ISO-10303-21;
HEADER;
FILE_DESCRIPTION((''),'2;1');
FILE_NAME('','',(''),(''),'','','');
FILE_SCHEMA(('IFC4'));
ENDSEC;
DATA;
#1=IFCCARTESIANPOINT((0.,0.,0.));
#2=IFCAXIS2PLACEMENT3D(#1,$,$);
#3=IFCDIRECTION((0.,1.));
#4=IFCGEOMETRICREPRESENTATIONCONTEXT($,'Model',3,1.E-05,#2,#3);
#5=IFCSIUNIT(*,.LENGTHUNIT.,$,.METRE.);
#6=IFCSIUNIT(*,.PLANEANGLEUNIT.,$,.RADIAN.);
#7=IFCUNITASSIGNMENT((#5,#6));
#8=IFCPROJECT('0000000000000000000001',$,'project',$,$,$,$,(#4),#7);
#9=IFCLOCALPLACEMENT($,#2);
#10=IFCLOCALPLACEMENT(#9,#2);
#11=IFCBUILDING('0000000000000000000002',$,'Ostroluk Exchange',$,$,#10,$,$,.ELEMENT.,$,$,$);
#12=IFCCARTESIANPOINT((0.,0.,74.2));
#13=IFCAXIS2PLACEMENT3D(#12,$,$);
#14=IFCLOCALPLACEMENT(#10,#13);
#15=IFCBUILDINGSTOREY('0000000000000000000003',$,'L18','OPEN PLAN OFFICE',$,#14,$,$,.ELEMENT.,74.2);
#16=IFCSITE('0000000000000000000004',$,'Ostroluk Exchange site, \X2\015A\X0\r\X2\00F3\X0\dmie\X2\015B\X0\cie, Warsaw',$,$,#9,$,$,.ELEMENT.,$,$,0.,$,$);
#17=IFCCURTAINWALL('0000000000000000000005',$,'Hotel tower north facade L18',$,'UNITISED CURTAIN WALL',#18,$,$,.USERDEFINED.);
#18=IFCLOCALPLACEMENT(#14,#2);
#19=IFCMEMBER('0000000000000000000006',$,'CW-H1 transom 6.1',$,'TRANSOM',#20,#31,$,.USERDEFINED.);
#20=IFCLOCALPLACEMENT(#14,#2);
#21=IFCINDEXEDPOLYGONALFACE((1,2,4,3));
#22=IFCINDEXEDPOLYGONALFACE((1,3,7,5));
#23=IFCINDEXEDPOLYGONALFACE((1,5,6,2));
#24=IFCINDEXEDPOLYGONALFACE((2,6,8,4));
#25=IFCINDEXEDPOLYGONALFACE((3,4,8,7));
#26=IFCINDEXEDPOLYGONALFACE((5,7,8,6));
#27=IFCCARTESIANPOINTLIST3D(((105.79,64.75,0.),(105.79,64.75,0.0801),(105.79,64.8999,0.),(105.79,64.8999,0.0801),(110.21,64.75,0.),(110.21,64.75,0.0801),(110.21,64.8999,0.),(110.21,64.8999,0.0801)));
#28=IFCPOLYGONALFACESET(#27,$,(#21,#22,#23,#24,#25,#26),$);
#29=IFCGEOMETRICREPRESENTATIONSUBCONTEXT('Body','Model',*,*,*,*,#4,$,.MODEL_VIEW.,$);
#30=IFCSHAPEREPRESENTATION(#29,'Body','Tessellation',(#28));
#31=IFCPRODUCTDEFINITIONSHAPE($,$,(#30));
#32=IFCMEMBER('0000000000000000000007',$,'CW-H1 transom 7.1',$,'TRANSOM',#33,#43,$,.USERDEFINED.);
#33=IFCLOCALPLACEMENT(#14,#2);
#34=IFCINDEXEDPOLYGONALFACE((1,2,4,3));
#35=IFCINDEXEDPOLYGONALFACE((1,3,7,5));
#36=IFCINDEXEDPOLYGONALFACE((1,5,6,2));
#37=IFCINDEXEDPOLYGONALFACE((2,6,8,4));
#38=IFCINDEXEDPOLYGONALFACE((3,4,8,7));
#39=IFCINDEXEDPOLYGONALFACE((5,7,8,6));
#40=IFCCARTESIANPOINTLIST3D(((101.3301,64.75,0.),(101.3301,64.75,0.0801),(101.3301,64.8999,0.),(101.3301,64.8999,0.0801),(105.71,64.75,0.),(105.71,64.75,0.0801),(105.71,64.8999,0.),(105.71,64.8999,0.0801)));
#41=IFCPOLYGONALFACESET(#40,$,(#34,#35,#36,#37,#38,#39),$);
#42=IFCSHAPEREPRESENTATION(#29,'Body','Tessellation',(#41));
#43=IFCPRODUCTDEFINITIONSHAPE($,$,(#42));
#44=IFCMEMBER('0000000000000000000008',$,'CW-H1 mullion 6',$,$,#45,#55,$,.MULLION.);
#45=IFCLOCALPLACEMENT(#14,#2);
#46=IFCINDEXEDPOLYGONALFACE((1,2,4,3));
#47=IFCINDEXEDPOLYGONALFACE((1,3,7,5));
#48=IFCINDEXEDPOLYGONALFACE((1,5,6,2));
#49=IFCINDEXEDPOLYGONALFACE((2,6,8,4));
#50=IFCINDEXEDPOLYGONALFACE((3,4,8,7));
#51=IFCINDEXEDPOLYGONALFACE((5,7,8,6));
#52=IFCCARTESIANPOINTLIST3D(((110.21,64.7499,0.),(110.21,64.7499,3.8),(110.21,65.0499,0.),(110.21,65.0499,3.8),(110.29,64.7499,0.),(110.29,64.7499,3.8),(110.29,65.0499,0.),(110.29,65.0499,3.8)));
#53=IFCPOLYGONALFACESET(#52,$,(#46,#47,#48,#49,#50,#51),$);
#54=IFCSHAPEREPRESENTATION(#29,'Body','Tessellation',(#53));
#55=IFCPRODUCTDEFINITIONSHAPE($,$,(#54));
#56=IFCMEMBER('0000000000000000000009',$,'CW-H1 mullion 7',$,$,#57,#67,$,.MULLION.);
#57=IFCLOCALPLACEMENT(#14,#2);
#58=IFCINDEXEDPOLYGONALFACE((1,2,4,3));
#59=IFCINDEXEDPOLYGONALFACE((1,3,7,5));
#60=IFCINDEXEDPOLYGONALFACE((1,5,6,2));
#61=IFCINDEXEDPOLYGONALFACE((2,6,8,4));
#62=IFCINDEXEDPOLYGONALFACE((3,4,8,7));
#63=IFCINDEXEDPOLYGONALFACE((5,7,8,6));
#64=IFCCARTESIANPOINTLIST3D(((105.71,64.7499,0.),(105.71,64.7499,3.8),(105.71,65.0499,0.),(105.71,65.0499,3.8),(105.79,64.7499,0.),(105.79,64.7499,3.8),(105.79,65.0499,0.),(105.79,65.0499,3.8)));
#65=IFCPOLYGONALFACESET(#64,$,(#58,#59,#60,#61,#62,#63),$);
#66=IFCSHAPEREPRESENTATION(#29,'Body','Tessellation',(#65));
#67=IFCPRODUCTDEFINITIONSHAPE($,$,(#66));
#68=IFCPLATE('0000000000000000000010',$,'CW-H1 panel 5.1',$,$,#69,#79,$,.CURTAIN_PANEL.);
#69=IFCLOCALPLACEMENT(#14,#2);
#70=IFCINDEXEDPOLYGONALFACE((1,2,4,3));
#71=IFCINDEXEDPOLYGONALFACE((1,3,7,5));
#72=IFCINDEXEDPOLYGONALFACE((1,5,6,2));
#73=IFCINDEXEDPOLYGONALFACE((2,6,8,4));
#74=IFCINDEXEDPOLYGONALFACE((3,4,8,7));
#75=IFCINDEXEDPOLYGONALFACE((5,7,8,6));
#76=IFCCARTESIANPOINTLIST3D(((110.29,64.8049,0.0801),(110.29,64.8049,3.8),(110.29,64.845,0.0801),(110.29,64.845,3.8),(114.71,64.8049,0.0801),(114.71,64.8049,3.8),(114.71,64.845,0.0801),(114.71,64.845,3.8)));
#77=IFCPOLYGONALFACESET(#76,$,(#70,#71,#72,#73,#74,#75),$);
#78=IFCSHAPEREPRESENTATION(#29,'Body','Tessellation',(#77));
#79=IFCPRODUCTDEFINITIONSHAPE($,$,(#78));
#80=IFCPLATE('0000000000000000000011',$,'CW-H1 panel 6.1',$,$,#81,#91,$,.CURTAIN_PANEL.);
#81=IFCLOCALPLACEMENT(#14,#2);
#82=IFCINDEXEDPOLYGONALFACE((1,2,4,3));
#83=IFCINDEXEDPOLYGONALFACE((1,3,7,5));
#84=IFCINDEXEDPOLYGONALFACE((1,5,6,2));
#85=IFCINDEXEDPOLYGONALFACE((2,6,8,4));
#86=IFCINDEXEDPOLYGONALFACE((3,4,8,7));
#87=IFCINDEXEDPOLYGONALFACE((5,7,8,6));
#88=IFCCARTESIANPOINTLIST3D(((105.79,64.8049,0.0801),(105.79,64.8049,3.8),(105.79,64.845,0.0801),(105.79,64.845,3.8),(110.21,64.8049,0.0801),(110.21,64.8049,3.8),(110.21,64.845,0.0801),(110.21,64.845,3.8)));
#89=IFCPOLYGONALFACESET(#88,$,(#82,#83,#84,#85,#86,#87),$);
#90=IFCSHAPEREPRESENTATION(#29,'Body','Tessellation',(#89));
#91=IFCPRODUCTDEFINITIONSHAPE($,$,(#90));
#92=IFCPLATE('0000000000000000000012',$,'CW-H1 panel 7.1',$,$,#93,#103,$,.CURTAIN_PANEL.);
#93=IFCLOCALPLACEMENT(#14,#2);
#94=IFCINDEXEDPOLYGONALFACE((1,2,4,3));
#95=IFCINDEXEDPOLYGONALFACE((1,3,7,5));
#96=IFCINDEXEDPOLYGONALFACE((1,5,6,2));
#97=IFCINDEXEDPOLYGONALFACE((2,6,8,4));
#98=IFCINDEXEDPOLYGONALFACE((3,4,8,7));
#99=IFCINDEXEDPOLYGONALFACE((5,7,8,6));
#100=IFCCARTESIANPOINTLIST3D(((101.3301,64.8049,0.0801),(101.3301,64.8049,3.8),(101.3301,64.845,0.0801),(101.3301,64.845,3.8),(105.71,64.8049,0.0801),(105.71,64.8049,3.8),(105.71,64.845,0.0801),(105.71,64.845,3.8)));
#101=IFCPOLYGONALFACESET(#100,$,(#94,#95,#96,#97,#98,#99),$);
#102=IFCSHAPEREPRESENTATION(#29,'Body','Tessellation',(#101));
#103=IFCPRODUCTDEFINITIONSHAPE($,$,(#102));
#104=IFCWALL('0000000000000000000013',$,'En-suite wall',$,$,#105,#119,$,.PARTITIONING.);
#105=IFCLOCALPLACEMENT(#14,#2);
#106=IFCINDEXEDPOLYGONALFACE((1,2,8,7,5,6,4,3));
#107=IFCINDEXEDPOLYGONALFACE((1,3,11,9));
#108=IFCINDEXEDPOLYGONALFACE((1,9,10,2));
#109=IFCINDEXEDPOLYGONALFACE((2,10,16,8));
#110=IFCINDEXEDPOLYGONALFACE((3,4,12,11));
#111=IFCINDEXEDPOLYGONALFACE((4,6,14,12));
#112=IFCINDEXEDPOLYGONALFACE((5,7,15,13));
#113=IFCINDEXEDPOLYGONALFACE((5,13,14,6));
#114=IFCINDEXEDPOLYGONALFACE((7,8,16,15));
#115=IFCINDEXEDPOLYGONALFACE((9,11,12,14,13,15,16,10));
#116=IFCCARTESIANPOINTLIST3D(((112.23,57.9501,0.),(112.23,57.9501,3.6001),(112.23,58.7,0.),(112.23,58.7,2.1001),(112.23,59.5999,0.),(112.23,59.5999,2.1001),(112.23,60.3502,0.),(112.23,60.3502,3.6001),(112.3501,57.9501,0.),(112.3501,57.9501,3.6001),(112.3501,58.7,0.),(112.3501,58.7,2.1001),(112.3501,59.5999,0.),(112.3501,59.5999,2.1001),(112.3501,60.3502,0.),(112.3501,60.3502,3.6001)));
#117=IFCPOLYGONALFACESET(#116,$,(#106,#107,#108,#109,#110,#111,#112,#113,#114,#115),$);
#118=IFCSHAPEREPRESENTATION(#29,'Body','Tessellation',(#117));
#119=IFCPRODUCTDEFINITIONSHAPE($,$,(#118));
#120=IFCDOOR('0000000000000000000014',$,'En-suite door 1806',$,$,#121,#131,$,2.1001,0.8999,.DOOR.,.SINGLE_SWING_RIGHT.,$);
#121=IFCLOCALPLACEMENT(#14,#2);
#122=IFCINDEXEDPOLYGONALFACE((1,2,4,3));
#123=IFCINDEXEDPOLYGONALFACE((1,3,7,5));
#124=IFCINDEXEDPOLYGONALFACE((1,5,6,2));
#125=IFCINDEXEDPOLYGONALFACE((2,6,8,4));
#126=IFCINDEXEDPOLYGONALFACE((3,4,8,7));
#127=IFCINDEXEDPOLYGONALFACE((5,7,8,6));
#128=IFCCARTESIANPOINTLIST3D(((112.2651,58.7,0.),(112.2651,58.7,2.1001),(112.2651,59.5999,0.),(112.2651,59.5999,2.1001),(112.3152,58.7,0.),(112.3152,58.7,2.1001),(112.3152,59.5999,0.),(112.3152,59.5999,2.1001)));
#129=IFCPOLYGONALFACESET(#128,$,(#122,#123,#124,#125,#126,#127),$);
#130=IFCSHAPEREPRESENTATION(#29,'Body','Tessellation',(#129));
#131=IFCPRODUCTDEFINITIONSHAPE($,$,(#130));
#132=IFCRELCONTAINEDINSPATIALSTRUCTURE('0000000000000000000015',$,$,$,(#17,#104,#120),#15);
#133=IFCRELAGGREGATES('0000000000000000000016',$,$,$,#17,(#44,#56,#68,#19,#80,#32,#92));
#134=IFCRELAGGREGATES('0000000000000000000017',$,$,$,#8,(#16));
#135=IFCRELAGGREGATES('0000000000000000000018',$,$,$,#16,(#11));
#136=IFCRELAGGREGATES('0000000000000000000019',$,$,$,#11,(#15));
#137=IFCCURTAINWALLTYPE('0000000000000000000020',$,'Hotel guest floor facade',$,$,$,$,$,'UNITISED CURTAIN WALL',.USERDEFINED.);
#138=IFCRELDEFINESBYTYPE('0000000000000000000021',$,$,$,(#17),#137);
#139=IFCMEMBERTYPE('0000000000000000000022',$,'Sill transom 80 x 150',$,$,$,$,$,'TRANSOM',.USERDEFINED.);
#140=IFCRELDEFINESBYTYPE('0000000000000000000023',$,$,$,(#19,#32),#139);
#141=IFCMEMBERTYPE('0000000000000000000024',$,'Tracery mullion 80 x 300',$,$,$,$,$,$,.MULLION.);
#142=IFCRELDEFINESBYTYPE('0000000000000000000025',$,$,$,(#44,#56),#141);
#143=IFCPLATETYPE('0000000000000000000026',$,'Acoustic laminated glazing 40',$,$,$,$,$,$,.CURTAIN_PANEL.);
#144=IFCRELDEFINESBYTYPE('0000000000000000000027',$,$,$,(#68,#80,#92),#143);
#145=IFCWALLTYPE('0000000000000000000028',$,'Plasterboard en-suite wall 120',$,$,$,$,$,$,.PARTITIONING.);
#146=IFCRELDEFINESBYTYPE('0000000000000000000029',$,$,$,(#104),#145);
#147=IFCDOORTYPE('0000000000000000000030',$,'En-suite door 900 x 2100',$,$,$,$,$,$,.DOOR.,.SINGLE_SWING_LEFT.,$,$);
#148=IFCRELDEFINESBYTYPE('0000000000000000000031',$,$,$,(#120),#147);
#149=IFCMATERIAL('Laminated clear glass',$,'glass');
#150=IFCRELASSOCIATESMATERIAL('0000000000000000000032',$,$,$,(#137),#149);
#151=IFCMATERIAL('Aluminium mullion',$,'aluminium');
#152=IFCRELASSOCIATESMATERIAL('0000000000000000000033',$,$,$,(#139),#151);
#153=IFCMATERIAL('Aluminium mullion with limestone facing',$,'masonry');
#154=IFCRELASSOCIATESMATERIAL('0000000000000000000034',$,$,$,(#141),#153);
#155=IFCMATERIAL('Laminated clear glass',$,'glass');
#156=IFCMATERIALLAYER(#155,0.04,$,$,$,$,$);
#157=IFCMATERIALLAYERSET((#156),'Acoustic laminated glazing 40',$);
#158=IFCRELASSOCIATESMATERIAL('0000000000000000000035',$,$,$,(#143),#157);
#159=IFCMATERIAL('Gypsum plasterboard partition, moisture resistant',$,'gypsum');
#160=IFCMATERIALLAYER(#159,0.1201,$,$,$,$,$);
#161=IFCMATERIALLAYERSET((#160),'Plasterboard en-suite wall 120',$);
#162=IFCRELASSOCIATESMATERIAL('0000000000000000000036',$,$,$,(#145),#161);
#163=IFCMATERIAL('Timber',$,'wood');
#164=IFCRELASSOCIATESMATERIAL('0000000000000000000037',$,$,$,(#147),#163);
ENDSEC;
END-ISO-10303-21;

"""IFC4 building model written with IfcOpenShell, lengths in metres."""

from ifc_helpers import new_model, si_unit, direction, frame, frame_2d, origin, origin_2d, place, context, subcontext, project, spatial, rectangle, extrude, material, layer, layer_set, material_profile, profile_set, type_object, element, fill, aggregate, save


model = new_model("IFC4")

# Units and contexts
model_context = context("Model", 3, precision=1e-05, world=origin(), true_north=direction((0.0, 1.0)))
body_context = subcontext(model_context, "Body", "Model", "MODEL_VIEW")
ifc_project = project(units=[si_unit("LENGTHUNIT", "METRE"), si_unit("PLANEANGLEUNIT", "RADIAN")], contexts=[model_context])

# Site, building, storey
site_placement = place(None, origin())
site = spatial("IfcSite", under=ifc_project, at=site_placement, Name="Ostroluk Exchange site, Śródmieście, Warsaw", CompositionType="ELEMENT", RefElevation=0.0)
building_placement = place(site_placement, origin())
building = spatial("IfcBuilding", under=site, at=building_placement, Name="Ostroluk Exchange", CompositionType="ELEMENT")
storey_placement = place(building_placement, frame((0.0, 0.0, 74.2)))
storey = spatial("IfcBuildingStorey", under=building, at=storey_placement, Name="L18", Description="OPEN PLAN OFFICE", CompositionType="ELEMENT", Elevation=74.2)

# Curtain wall, members, plates
ifc_material_1 = material(Name="Laminated clear glass", Category="glass")
curtain_wall_type = type_object("IfcCurtainWallType", Name="Hotel guest floor facade", ElementType="UNITISED CURTAIN WALL", PredefinedType="USERDEFINED", material=ifc_material_1)
curtain_wall_placement = place(storey_placement, origin())
curtain_wall = element("IfcCurtainWall", 1, at=curtain_wall_placement, inside=storey, type_object=curtain_wall_type, Name="Hotel tower north facade L18", ObjectType="UNITISED CURTAIN WALL", PredefinedType="USERDEFINED")
ifc_material_2 = material(Name="Aluminium mullion", Category="aluminium")
ifc_material_profile_1 = material_profile(ifc_material_2, rectangle(XDim=0.1499, YDim=0.0801, at=origin_2d()), Name="Sill transom 80 x 150")
ifc_profile_set_1 = profile_set([ifc_material_profile_1], Name="Aluminium mullion")
member_type_1 = type_object("IfcMemberType", Name="Sill transom 80 x 150", ElementType="TRANSOM", PredefinedType="USERDEFINED", material=ifc_profile_set_1)
member_1_placement = place(storey_placement, frame((110.21, 64.825, 0.04), z_axis=(-1.0, 0.0, 0.0), x_axis=(0.0, -1.0, 0.0)))
member_1 = element("IfcMember", 2, at=member_1_placement, type_object=member_type_1, Name="CW-H1 transom 6.1", ObjectType="TRANSOM", PredefinedType="USERDEFINED", context=body_context, shape_type="SweptSolid", body=[
    extrude(rectangle(XDim=0.1499, YDim=0.0801, at=origin_2d()), origin(), (0.0, 0.0, 1.0), 4.4199),
])
member_2_placement = place(storey_placement, frame((105.71, 64.825, 0.04), z_axis=(-1.0, 0.0, 0.0), x_axis=(0.0, -1.0, 0.0)))
member_2 = element("IfcMember", 3, at=member_2_placement, type_object=member_type_1, Name="CW-H1 transom 7.1", ObjectType="TRANSOM", PredefinedType="USERDEFINED", context=body_context, shape_type="SweptSolid", body=[
    extrude(rectangle(XDim=0.1499, YDim=0.0801, at=origin_2d()), origin(), (0.0, 0.0, 1.0), 4.3799),
])
ifc_material_3 = material(Name="Aluminium mullion with limestone facing", Category="masonry")
ifc_material_profile_2 = material_profile(ifc_material_3, rectangle(XDim=0.3, YDim=0.0801, at=origin_2d()), Name="Tracery mullion 80 x 300")
ifc_profile_set_2 = profile_set([ifc_material_profile_2], Name="Aluminium mullion with limestone facing")
member_type_2 = type_object("IfcMemberType", Name="Tracery mullion 80 x 300", PredefinedType="MULLION", material=ifc_profile_set_2)
member_3_placement = place(storey_placement, frame((110.25, 64.8999, 0.0), z_axis=(0.0, 0.0, 1.0), x_axis=(0.0, -1.0, 0.0)))
member_3 = element("IfcMember", 4, at=member_3_placement, type_object=member_type_2, Name="CW-H1 mullion 6", PredefinedType="MULLION", context=body_context, shape_type="SweptSolid", body=[
    extrude(rectangle(XDim=0.3, YDim=0.0801, at=origin_2d()), origin(), (0.0, 0.0, 1.0), 3.8),
])
member_4_placement = place(storey_placement, frame((105.75, 64.8999, 0.0), z_axis=(0.0, 0.0, 1.0), x_axis=(0.0, -1.0, 0.0)))
member_4 = element("IfcMember", 5, at=member_4_placement, type_object=member_type_2, Name="CW-H1 mullion 7", PredefinedType="MULLION", context=body_context, shape_type="SweptSolid", body=[
    extrude(rectangle(XDim=0.3, YDim=0.0801, at=origin_2d()), origin(), (0.0, 0.0, 1.0), 3.8),
])
ifc_material_4 = material(Name="Laminated clear glass", Category="glass")
ifc_layer_1 = layer(ifc_material_4, 0.04)
ifc_layer_set_1 = layer_set([ifc_layer_1], Name="Acoustic laminated glazing 40")
plate_type = type_object("IfcPlateType", Name="Acoustic laminated glazing 40", PredefinedType="CURTAIN_PANEL", material=ifc_layer_set_1)
plate_1_placement = place(storey_placement, frame((112.5, 64.825, 0.0801), z_axis=(0.0, 0.0, 1.0), x_axis=(-1.0, 0.0, 0.0)))
plate_1 = element("IfcPlate", 6, at=plate_1_placement, type_object=plate_type, Name="CW-H1 panel 5.1", PredefinedType="CURTAIN_PANEL", context=body_context, shape_type="SweptSolid", body=[
    extrude(rectangle(XDim=4.4199, YDim=0.04, at=origin_2d()), origin(), (0.0, 0.0, 1.0), 3.72),
])
plate_2_placement = place(storey_placement, frame((108.0, 64.825, 0.0801), z_axis=(0.0, 0.0, 1.0), x_axis=(-1.0, 0.0, 0.0)))
plate_2 = element("IfcPlate", 7, at=plate_2_placement, type_object=plate_type, Name="CW-H1 panel 6.1", PredefinedType="CURTAIN_PANEL", context=body_context, shape_type="SweptSolid", body=[
    extrude(rectangle(XDim=4.4199, YDim=0.04, at=origin_2d()), origin(), (0.0, 0.0, 1.0), 3.72),
])
plate_3_placement = place(storey_placement, frame((103.52, 64.825, 0.0801), z_axis=(0.0, 0.0, 1.0), x_axis=(-1.0, 0.0, 0.0)))
plate_3 = element("IfcPlate", 8, at=plate_3_placement, type_object=plate_type, Name="CW-H1 panel 7.1", PredefinedType="CURTAIN_PANEL", context=body_context, shape_type="SweptSolid", body=[
    extrude(rectangle(XDim=4.3799, YDim=0.04, at=origin_2d()), origin(), (0.0, 0.0, 1.0), 3.72),
])
aggregate(curtain_wall, [member_3, member_4, plate_1, member_1, plate_2, member_2, plate_3])

# Wall, opening, door
ifc_material_5 = material(Name="Gypsum plasterboard partition, moisture resistant", Category="gypsum")
ifc_layer_2 = layer(ifc_material_5, 0.1201)
ifc_layer_set_2 = layer_set([ifc_layer_2], Name="Plasterboard en-suite wall 120")
wall_type_1 = type_object("IfcWallType", Name="Plasterboard en-suite wall 120", PredefinedType="PARTITIONING", material=ifc_layer_set_2)
wall_1_placement = place(storey_placement, frame((112.29, 57.95, 0.0), z_axis=(0.0, 0.0, 1.0), x_axis=(0.0, 1.0, 0.0)))
wall_1 = element("IfcWall", 9, at=wall_1_placement, inside=storey, type_object=wall_type_1, Name="En-suite wall", PredefinedType="PARTITIONING", context=body_context, shape_type="SweptSolid", body=[
    extrude(rectangle(XDim=2.4001, YDim=0.1201, at=frame_2d((1.2002, 0.0))), origin(), (0.0, 0.0, 1.0), 3.6001),
])
opening_1_placement = place(wall_1_placement, frame((0.75, 0.0, 0.0)))
opening_1 = element("IfcOpeningElement", 10, at=opening_1_placement, cuts=wall_1, PredefinedType="OPENING", context=body_context, shape_type="SweptSolid", body=[
    extrude(rectangle(XDim=0.8999, YDim=2.1001, at=frame_2d((0.45, 1.05))), frame((0.0, 0.0701, 0.0), z_axis=(0.0, -1.0, 0.0), x_axis=(1.0, 0.0, 0.0)), (0.0, 0.0, 1.0), 0.1401),
])
ifc_material_6 = material(Name="Timber", Category="wood")
door_type_1 = type_object("IfcDoorType", Name="En-suite door 900 x 2100", OperationType="SINGLE_SWING_LEFT", PredefinedType="DOOR", material=ifc_material_6)
door_1_placement = place(opening_1_placement, origin())
door_1 = element("IfcDoor", 11, at=door_1_placement, inside=storey, type_object=door_type_1, Name="En-suite door 1806", OperationType="SINGLE_SWING_RIGHT", OverallHeight=2.1001, OverallWidth=0.8999, PredefinedType="DOOR", context=body_context, shape_type="SweptSolid", body=[
    extrude(rectangle(XDim=0.8999, YDim=2.1001, at=frame_2d((0.45, 1.05))), frame((0.0, 0.0249, 0.0), z_axis=(0.0, -1.0, 0.0), x_axis=(1.0, 0.0, 0.0)), (0.0, 0.0, 1.0), 0.05),
])
fill(opening_1, door_1)

save(model, "model.ifc")
